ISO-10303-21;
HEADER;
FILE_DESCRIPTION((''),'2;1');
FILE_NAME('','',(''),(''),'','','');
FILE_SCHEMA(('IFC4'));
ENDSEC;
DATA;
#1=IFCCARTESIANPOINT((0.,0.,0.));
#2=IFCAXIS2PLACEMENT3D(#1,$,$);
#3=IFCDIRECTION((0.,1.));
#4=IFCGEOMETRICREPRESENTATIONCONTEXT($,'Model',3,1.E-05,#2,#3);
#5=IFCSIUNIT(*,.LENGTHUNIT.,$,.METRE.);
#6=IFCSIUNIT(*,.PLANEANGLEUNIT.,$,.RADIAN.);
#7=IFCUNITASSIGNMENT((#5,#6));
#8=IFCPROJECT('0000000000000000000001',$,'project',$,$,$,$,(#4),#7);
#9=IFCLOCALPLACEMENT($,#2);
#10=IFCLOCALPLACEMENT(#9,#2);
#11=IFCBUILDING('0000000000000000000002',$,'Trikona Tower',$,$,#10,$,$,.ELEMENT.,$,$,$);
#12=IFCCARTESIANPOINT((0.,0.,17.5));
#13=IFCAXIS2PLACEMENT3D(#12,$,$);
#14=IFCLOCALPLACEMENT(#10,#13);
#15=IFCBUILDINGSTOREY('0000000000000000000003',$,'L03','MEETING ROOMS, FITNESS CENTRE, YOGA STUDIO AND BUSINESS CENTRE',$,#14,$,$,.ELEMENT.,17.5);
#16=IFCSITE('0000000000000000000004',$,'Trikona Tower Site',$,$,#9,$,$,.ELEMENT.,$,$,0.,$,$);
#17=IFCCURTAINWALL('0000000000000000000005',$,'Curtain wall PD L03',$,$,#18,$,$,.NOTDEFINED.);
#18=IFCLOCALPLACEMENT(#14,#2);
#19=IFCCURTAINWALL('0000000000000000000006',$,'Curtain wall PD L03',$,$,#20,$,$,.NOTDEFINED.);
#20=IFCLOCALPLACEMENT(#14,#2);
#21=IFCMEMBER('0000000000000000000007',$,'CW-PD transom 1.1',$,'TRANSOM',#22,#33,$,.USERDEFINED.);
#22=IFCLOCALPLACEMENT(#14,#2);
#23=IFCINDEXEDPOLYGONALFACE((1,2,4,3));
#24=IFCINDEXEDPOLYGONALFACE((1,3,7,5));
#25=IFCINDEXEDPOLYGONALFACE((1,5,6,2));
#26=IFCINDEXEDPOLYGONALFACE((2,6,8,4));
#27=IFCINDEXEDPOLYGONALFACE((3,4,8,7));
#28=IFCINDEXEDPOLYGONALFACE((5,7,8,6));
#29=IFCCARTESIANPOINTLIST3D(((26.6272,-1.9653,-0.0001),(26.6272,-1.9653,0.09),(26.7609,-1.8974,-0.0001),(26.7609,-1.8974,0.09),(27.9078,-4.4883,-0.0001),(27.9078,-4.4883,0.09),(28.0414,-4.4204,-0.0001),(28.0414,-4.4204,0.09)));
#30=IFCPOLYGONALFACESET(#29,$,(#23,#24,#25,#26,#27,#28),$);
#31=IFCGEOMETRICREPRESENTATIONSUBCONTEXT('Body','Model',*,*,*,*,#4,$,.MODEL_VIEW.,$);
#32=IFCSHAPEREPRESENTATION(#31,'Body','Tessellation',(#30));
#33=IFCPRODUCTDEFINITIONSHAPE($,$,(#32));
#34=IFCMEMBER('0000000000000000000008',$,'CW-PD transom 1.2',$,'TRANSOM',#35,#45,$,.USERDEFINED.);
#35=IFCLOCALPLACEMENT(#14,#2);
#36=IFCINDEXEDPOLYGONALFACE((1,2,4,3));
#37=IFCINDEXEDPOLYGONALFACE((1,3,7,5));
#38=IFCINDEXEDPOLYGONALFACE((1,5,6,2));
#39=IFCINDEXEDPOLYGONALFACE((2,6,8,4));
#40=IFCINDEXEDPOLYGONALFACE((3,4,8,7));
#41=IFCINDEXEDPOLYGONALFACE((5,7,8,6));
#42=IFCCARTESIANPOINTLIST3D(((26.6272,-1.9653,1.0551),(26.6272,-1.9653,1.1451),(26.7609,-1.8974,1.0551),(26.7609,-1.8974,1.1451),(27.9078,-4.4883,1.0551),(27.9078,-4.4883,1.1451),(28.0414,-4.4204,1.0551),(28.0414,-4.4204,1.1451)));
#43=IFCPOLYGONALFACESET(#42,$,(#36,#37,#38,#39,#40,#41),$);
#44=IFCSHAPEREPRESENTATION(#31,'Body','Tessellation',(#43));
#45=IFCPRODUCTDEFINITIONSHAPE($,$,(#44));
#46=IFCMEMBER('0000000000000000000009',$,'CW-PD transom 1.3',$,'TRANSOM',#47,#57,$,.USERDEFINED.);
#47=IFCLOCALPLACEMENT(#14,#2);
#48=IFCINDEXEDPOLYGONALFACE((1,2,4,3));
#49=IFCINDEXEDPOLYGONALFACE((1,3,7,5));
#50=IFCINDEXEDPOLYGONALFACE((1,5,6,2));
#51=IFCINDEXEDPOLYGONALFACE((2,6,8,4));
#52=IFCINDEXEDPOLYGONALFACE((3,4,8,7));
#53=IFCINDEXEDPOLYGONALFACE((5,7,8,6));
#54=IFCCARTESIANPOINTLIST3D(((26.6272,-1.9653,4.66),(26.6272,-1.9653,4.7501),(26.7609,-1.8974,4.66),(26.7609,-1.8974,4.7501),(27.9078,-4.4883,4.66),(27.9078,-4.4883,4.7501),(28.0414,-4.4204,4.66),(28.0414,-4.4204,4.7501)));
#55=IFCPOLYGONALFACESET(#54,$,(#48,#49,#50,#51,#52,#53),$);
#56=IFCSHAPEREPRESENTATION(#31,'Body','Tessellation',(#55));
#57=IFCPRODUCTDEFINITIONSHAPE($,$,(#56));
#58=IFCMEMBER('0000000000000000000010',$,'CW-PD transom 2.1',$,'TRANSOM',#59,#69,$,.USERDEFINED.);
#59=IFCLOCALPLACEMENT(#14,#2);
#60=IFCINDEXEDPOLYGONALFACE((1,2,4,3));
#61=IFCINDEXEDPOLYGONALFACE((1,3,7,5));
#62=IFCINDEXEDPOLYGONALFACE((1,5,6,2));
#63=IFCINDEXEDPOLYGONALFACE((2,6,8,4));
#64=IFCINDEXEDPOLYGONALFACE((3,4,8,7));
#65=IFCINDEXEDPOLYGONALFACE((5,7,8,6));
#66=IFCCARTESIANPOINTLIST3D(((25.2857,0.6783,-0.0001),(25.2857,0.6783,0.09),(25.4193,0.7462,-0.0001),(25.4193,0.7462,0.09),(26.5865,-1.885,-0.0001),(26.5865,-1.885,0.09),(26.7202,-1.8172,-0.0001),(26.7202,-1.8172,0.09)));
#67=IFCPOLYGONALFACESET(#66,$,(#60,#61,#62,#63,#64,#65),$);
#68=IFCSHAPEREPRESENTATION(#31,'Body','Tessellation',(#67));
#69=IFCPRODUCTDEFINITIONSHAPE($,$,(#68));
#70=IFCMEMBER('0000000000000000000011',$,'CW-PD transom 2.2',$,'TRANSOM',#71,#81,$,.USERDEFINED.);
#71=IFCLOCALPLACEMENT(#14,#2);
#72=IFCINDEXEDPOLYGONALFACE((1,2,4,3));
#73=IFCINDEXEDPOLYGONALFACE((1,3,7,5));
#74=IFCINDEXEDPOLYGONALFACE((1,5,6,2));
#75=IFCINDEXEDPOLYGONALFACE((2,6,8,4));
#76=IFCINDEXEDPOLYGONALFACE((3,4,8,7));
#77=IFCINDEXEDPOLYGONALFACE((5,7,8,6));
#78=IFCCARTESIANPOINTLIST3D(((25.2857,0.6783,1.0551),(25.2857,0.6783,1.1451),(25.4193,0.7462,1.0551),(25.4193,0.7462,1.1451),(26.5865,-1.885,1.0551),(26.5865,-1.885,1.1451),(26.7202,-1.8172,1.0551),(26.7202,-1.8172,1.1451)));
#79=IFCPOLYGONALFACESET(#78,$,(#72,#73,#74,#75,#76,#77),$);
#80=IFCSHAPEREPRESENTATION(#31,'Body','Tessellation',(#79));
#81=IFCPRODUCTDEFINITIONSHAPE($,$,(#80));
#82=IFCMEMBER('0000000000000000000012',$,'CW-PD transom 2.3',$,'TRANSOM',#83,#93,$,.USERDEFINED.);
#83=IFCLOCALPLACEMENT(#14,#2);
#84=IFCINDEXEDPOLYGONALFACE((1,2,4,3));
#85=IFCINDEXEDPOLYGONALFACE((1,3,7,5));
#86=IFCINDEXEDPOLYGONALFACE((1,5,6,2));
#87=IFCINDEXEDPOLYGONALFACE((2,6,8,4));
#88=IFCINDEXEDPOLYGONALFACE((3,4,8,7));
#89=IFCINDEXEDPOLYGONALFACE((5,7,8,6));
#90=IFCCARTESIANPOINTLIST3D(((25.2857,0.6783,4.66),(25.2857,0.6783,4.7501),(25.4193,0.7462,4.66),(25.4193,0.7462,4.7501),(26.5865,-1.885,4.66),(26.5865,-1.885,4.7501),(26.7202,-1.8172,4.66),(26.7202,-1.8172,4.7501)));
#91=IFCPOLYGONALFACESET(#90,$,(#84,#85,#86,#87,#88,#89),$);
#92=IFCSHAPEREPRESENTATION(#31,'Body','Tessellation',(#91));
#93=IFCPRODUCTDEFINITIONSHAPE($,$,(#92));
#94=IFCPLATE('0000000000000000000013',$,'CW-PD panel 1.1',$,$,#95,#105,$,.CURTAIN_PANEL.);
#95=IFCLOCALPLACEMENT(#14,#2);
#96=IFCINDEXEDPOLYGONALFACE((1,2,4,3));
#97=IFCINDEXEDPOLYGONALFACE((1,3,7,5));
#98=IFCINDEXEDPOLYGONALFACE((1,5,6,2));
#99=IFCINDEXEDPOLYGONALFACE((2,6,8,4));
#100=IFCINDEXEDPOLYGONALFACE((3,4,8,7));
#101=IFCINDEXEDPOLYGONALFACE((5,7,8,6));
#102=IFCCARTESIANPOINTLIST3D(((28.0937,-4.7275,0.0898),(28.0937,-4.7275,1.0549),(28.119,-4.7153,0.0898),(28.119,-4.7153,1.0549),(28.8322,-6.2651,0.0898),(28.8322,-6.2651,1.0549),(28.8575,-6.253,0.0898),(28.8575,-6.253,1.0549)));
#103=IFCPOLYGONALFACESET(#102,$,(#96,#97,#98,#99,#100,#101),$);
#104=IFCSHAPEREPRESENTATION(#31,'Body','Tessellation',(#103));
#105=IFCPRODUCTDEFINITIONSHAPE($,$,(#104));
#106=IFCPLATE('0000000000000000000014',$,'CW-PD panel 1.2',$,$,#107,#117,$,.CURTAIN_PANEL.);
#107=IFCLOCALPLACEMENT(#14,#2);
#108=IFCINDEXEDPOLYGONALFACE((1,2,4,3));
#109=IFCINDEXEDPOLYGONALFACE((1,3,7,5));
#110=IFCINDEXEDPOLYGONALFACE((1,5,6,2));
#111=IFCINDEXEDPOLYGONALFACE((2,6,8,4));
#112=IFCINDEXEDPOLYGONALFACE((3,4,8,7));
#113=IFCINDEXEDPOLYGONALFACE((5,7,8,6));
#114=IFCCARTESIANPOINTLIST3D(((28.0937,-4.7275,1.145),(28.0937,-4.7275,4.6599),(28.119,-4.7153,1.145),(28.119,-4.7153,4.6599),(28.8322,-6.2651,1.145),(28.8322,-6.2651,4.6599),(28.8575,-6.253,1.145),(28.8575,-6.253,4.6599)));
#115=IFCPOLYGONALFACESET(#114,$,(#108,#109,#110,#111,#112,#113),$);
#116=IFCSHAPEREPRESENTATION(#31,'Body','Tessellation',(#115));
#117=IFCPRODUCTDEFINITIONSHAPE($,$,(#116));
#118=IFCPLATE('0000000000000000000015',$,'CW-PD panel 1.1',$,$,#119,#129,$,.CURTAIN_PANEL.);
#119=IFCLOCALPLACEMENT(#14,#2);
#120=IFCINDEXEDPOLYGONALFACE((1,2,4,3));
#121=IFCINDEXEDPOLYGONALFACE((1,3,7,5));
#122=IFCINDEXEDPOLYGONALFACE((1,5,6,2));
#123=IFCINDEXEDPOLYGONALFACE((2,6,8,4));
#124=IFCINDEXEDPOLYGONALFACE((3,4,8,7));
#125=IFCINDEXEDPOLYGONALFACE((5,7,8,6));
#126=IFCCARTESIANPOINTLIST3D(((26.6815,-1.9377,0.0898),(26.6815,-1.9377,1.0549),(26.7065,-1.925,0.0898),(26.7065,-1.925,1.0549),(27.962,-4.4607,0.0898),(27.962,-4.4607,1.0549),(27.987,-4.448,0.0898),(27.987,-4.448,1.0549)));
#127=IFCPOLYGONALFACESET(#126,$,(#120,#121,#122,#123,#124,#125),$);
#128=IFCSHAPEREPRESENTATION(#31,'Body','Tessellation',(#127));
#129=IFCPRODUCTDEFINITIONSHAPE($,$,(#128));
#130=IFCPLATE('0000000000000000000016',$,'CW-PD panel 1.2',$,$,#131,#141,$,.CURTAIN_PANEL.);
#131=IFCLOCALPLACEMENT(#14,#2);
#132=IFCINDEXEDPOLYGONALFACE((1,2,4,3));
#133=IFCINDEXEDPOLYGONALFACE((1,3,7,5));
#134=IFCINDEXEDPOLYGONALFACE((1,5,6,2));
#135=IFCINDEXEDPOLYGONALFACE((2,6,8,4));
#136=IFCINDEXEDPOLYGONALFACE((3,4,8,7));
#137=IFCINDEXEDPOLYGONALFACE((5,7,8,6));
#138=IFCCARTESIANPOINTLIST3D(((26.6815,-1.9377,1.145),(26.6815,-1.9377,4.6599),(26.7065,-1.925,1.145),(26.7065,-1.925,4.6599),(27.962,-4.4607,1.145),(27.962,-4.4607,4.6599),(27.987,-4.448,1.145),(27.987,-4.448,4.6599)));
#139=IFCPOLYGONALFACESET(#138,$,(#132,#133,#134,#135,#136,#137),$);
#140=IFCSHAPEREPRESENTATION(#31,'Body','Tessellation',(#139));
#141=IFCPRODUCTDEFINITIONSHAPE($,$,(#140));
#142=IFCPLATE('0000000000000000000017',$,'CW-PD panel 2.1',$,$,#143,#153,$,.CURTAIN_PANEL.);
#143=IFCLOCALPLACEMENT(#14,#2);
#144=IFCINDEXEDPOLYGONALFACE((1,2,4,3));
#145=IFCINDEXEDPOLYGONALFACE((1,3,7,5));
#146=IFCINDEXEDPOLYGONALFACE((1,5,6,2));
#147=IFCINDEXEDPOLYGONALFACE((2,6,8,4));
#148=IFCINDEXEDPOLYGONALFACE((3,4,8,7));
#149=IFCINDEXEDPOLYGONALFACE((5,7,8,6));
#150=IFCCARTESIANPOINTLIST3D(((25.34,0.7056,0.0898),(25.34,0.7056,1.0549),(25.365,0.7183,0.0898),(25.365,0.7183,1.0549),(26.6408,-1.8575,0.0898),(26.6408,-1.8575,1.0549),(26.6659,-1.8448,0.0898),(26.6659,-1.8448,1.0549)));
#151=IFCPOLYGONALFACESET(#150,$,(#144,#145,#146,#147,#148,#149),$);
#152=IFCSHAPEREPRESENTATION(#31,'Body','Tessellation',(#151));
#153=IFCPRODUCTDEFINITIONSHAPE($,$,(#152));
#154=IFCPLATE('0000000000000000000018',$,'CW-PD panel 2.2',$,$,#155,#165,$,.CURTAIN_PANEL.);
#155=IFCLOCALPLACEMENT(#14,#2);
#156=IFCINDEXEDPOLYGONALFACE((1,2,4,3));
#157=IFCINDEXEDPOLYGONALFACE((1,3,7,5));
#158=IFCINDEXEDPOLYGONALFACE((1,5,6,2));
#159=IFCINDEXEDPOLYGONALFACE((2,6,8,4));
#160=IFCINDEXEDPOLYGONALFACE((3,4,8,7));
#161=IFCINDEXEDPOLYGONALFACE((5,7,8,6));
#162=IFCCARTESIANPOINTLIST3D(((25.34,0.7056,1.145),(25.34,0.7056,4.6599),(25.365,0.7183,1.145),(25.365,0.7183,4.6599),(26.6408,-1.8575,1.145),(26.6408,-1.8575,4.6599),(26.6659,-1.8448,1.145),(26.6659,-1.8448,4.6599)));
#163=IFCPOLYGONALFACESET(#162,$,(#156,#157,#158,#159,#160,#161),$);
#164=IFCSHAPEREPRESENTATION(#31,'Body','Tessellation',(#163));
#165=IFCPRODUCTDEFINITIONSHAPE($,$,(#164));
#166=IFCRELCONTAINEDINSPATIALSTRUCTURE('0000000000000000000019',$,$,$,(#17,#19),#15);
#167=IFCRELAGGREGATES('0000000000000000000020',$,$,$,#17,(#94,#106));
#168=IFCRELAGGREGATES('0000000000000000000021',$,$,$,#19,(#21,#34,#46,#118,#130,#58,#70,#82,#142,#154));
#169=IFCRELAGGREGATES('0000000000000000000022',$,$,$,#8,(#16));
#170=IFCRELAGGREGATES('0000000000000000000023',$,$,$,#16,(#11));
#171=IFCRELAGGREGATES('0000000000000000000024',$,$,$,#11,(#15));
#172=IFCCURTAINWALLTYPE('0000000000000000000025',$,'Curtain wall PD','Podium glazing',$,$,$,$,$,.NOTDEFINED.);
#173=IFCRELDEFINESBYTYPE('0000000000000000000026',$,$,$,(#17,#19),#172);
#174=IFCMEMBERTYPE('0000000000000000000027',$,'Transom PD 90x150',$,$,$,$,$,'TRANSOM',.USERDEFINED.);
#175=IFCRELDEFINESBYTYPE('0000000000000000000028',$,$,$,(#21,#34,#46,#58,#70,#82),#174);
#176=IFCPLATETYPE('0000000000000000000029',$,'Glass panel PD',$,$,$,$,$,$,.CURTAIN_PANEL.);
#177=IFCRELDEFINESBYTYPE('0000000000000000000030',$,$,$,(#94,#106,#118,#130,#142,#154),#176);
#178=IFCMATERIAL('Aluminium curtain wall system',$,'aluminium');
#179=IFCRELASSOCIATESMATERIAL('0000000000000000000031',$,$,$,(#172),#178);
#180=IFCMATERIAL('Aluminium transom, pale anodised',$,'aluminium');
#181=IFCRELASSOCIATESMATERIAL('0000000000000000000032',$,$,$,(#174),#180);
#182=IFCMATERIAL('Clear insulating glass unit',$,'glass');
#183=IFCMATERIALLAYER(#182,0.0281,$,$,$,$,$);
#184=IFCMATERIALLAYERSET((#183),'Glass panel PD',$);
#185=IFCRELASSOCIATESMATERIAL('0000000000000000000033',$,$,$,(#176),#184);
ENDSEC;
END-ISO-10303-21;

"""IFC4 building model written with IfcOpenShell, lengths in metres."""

from ifc_helpers import new_model, si_unit, direction, frame, origin, origin_2d, place, context, subcontext, project, spatial, rectangle, extrude, material, layer, layer_set, material_profile, profile_set, type_object, element, aggregate, save


model = new_model("IFC4")

# Units and contexts
model_context = context("Model", 3, precision=1e-05, world=origin(), true_north=direction((0.0, 1.0)))
body_context = subcontext(model_context, "Body", "Model", "MODEL_VIEW")
ifc_project = project(units=[si_unit("LENGTHUNIT", "METRE"), si_unit("PLANEANGLEUNIT", "RADIAN")], contexts=[model_context])

# Site, building, storey
site_placement = place(None, origin())
site = spatial("IfcSite", under=ifc_project, at=site_placement, Name="Trikona Tower Site", CompositionType="ELEMENT", RefElevation=0.0)
building_placement = place(site_placement, origin())
building = spatial("IfcBuilding", under=site, at=building_placement, Name="Trikona Tower", CompositionType="ELEMENT")
storey_placement = place(building_placement, frame((0.0, 0.0, 17.5)))
storey = spatial("IfcBuildingStorey", under=building, at=storey_placement, Name="L03", Description="MEETING ROOMS, FITNESS CENTRE, YOGA STUDIO AND BUSINESS CENTRE", CompositionType="ELEMENT", Elevation=17.5)

# Curtain walls
ifc_material_1 = material(Name="Aluminium curtain wall system", Category="aluminium")
curtain_wall_type = type_object("IfcCurtainWallType", Name="Curtain wall PD", Description="Podium glazing", PredefinedType="NOTDEFINED", material=ifc_material_1)
curtain_wall_1_placement = place(storey_placement, origin())
curtain_wall_1 = element("IfcCurtainWall", 1, at=curtain_wall_1_placement, inside=storey, type_object=curtain_wall_type, Name="Curtain wall PD L03", PredefinedType="NOTDEFINED")
curtain_wall_2_placement = place(storey_placement, origin())
curtain_wall_2 = element("IfcCurtainWall", 2, at=curtain_wall_2_placement, inside=storey, type_object=curtain_wall_type, Name="Curtain wall PD L03", PredefinedType="NOTDEFINED")

# Members
ifc_material_2 = material(Name="Aluminium transom, pale anodised", Category="aluminium")
ifc_material_profile_1 = material_profile(ifc_material_2, rectangle(XDim=0.1499, YDim=0.0901, at=origin_2d()), Name="TRN-PD")
ifc_profile_set_1 = profile_set([ifc_material_profile_1], Name="Aluminium transom, pale anodised")
member_type_1 = type_object("IfcMemberType", Name="Transom PD 90x150", ElementType="TRANSOM", PredefinedType="USERDEFINED", material=ifc_profile_set_1)
member_1_placement = place(storey_placement, frame((27.9746, -4.4543, 0.0449), z_axis=(-0.45259, 0.891719, 0.0), x_axis=(-0.891719, -0.45259, 0.0)))
member_1 = element("IfcMember", 3, at=member_1_placement, type_object=member_type_1, Name="CW-PD transom 1.1", ObjectType="TRANSOM", PredefinedType="USERDEFINED", context=body_context, shape_type="SweptSolid", body=[
    extrude(rectangle(XDim=0.1499, YDim=0.0901, at=origin_2d()), origin(), (0.0, 0.0, 1.0), 2.8293),
])
member_2_placement = place(storey_placement, frame((27.9746, -4.4543, 1.1001), z_axis=(-0.45259, 0.891719, 0.0), x_axis=(-0.891719, -0.45259, 0.0)))
member_2 = element("IfcMember", 4, at=member_2_placement, type_object=member_type_1, Name="CW-PD transom 1.2", ObjectType="TRANSOM", PredefinedType="USERDEFINED", context=body_context, shape_type="SweptSolid", body=[
    extrude(rectangle(XDim=0.1499, YDim=0.0901, at=origin_2d()), origin(), (0.0, 0.0, 1.0), 2.8293),
])
member_3_placement = place(storey_placement, frame((27.9746, -4.4543, 4.7051), z_axis=(-0.45259, 0.891719, 0.0), x_axis=(-0.891719, -0.45259, 0.0)))
member_3 = element("IfcMember", 5, at=member_3_placement, type_object=member_type_1, Name="CW-PD transom 1.3", ObjectType="TRANSOM", PredefinedType="USERDEFINED", context=body_context, shape_type="SweptSolid", body=[
    extrude(rectangle(XDim=0.1499, YDim=0.0901, at=origin_2d()), origin(), (0.0, 0.0, 1.0), 2.8293),
])
member_4_placement = place(storey_placement, frame((26.6533, -1.8511, 0.0449), z_axis=(-0.45254, 0.891744, 0.0), x_axis=(-0.891744, -0.45254, 0.0)))
member_4 = element("IfcMember", 6, at=member_4_placement, type_object=member_type_1, Name="CW-PD transom 2.1", ObjectType="TRANSOM", PredefinedType="USERDEFINED", context=body_context, shape_type="SweptSolid", body=[
    extrude(rectangle(XDim=0.1499, YDim=0.0901, at=origin_2d()), origin(), (0.0, 0.0, 1.0), 2.8745),
])
member_5_placement = place(storey_placement, frame((26.6533, -1.8511, 1.1001), z_axis=(-0.45254, 0.891744, 0.0), x_axis=(-0.891744, -0.45254, 0.0)))
member_5 = element("IfcMember", 7, at=member_5_placement, type_object=member_type_1, Name="CW-PD transom 2.2", ObjectType="TRANSOM", PredefinedType="USERDEFINED", context=body_context, shape_type="SweptSolid", body=[
    extrude(rectangle(XDim=0.1499, YDim=0.0901, at=origin_2d()), origin(), (0.0, 0.0, 1.0), 2.8745),
])
member_6_placement = place(storey_placement, frame((26.6533, -1.8511, 4.7051), z_axis=(-0.45254, 0.891744, 0.0), x_axis=(-0.891744, -0.45254, 0.0)))
member_6 = element("IfcMember", 8, at=member_6_placement, type_object=member_type_1, Name="CW-PD transom 2.3", ObjectType="TRANSOM", PredefinedType="USERDEFINED", context=body_context, shape_type="SweptSolid", body=[
    extrude(rectangle(XDim=0.1499, YDim=0.0901, at=origin_2d()), origin(), (0.0, 0.0, 1.0), 2.8745),
])

# Plates
ifc_material_3 = material(Name="Clear insulating glass unit", Category="glass")
ifc_layer_1 = layer(ifc_material_3, 0.0281)
ifc_layer_set_1 = layer_set([ifc_layer_1], Name="Glass panel PD")
plate_type = type_object("IfcPlateType", Name="Glass panel PD", PredefinedType="CURTAIN_PANEL", material=ifc_layer_set_1)
plate_1_placement = place(storey_placement, frame((28.4756, -5.4902, 0.0898), z_axis=(0.0, 0.0, 1.0), x_axis=(-0.432967, 0.90141, 0.0)))
plate_1 = element("IfcPlate", 9, at=plate_1_placement, type_object=plate_type, Name="CW-PD panel 1.1", PredefinedType="CURTAIN_PANEL", context=body_context, shape_type="SweptSolid", body=[
    extrude(rectangle(XDim=1.7058, YDim=0.0281, at=origin_2d()), origin(), (0.0, 0.0, 1.0), 0.9651),
])
plate_2_placement = place(storey_placement, frame((28.4756, -5.4902, 1.145), z_axis=(0.0, 0.0, 1.0), x_axis=(-0.432967, 0.90141, 0.0)))
plate_2 = element("IfcPlate", 10, at=plate_2_placement, type_object=plate_type, Name="CW-PD panel 1.2", PredefinedType="CURTAIN_PANEL", context=body_context, shape_type="SweptSolid", body=[
    extrude(rectangle(XDim=1.7058, YDim=0.0281, at=origin_2d()), origin(), (0.0, 0.0, 1.0), 3.5149),
])
aggregate(curtain_wall_1, [plate_1, plate_2])
plate_3_placement = place(storey_placement, frame((27.3342, -3.1929, 0.0898), z_axis=(0.0, 0.0, 1.0), x_axis=(-0.452576, 0.891726, 0.0)))
plate_3 = element("IfcPlate", 11, at=plate_3_placement, type_object=plate_type, Name="CW-PD panel 1.1", PredefinedType="CURTAIN_PANEL", context=body_context, shape_type="SweptSolid", body=[
    extrude(rectangle(XDim=2.8293, YDim=0.0281, at=origin_2d()), origin(), (0.0, 0.0, 1.0), 0.9651),
])
plate_4_placement = place(storey_placement, frame((27.3342, -3.1929, 1.145), z_axis=(0.0, 0.0, 1.0), x_axis=(-0.452576, 0.891726, 0.0)))
plate_4 = element("IfcPlate", 12, at=plate_4_placement, type_object=plate_type, Name="CW-PD panel 1.2", PredefinedType="CURTAIN_PANEL", context=body_context, shape_type="SweptSolid", body=[
    extrude(rectangle(XDim=2.8293, YDim=0.0281, at=origin_2d()), origin(), (0.0, 0.0, 1.0), 3.5149),
])
plate_5_placement = place(storey_placement, frame((26.0029, -0.5696, 0.0898), z_axis=(0.0, 0.0, 1.0), x_axis=(-0.452576, 0.891726, 0.0)))
plate_5 = element("IfcPlate", 13, at=plate_5_placement, type_object=plate_type, Name="CW-PD panel 2.1", PredefinedType="CURTAIN_PANEL", context=body_context, shape_type="SweptSolid", body=[
    extrude(rectangle(XDim=2.8743, YDim=0.0281, at=origin_2d()), origin(), (0.0, 0.0, 1.0), 0.9651),
])
plate_6_placement = place(storey_placement, frame((26.0029, -0.5696, 1.145), z_axis=(0.0, 0.0, 1.0), x_axis=(-0.452576, 0.891726, 0.0)))
plate_6 = element("IfcPlate", 14, at=plate_6_placement, type_object=plate_type, Name="CW-PD panel 2.2", PredefinedType="CURTAIN_PANEL", context=body_context, shape_type="SweptSolid", body=[
    extrude(rectangle(XDim=2.8743, YDim=0.0281, at=origin_2d()), origin(), (0.0, 0.0, 1.0), 3.5149),
])
aggregate(curtain_wall_2, [member_1, member_2, member_3, plate_3, plate_4, member_4, member_5, member_6, plate_5, plate_6])

save(model, "model.ifc")
